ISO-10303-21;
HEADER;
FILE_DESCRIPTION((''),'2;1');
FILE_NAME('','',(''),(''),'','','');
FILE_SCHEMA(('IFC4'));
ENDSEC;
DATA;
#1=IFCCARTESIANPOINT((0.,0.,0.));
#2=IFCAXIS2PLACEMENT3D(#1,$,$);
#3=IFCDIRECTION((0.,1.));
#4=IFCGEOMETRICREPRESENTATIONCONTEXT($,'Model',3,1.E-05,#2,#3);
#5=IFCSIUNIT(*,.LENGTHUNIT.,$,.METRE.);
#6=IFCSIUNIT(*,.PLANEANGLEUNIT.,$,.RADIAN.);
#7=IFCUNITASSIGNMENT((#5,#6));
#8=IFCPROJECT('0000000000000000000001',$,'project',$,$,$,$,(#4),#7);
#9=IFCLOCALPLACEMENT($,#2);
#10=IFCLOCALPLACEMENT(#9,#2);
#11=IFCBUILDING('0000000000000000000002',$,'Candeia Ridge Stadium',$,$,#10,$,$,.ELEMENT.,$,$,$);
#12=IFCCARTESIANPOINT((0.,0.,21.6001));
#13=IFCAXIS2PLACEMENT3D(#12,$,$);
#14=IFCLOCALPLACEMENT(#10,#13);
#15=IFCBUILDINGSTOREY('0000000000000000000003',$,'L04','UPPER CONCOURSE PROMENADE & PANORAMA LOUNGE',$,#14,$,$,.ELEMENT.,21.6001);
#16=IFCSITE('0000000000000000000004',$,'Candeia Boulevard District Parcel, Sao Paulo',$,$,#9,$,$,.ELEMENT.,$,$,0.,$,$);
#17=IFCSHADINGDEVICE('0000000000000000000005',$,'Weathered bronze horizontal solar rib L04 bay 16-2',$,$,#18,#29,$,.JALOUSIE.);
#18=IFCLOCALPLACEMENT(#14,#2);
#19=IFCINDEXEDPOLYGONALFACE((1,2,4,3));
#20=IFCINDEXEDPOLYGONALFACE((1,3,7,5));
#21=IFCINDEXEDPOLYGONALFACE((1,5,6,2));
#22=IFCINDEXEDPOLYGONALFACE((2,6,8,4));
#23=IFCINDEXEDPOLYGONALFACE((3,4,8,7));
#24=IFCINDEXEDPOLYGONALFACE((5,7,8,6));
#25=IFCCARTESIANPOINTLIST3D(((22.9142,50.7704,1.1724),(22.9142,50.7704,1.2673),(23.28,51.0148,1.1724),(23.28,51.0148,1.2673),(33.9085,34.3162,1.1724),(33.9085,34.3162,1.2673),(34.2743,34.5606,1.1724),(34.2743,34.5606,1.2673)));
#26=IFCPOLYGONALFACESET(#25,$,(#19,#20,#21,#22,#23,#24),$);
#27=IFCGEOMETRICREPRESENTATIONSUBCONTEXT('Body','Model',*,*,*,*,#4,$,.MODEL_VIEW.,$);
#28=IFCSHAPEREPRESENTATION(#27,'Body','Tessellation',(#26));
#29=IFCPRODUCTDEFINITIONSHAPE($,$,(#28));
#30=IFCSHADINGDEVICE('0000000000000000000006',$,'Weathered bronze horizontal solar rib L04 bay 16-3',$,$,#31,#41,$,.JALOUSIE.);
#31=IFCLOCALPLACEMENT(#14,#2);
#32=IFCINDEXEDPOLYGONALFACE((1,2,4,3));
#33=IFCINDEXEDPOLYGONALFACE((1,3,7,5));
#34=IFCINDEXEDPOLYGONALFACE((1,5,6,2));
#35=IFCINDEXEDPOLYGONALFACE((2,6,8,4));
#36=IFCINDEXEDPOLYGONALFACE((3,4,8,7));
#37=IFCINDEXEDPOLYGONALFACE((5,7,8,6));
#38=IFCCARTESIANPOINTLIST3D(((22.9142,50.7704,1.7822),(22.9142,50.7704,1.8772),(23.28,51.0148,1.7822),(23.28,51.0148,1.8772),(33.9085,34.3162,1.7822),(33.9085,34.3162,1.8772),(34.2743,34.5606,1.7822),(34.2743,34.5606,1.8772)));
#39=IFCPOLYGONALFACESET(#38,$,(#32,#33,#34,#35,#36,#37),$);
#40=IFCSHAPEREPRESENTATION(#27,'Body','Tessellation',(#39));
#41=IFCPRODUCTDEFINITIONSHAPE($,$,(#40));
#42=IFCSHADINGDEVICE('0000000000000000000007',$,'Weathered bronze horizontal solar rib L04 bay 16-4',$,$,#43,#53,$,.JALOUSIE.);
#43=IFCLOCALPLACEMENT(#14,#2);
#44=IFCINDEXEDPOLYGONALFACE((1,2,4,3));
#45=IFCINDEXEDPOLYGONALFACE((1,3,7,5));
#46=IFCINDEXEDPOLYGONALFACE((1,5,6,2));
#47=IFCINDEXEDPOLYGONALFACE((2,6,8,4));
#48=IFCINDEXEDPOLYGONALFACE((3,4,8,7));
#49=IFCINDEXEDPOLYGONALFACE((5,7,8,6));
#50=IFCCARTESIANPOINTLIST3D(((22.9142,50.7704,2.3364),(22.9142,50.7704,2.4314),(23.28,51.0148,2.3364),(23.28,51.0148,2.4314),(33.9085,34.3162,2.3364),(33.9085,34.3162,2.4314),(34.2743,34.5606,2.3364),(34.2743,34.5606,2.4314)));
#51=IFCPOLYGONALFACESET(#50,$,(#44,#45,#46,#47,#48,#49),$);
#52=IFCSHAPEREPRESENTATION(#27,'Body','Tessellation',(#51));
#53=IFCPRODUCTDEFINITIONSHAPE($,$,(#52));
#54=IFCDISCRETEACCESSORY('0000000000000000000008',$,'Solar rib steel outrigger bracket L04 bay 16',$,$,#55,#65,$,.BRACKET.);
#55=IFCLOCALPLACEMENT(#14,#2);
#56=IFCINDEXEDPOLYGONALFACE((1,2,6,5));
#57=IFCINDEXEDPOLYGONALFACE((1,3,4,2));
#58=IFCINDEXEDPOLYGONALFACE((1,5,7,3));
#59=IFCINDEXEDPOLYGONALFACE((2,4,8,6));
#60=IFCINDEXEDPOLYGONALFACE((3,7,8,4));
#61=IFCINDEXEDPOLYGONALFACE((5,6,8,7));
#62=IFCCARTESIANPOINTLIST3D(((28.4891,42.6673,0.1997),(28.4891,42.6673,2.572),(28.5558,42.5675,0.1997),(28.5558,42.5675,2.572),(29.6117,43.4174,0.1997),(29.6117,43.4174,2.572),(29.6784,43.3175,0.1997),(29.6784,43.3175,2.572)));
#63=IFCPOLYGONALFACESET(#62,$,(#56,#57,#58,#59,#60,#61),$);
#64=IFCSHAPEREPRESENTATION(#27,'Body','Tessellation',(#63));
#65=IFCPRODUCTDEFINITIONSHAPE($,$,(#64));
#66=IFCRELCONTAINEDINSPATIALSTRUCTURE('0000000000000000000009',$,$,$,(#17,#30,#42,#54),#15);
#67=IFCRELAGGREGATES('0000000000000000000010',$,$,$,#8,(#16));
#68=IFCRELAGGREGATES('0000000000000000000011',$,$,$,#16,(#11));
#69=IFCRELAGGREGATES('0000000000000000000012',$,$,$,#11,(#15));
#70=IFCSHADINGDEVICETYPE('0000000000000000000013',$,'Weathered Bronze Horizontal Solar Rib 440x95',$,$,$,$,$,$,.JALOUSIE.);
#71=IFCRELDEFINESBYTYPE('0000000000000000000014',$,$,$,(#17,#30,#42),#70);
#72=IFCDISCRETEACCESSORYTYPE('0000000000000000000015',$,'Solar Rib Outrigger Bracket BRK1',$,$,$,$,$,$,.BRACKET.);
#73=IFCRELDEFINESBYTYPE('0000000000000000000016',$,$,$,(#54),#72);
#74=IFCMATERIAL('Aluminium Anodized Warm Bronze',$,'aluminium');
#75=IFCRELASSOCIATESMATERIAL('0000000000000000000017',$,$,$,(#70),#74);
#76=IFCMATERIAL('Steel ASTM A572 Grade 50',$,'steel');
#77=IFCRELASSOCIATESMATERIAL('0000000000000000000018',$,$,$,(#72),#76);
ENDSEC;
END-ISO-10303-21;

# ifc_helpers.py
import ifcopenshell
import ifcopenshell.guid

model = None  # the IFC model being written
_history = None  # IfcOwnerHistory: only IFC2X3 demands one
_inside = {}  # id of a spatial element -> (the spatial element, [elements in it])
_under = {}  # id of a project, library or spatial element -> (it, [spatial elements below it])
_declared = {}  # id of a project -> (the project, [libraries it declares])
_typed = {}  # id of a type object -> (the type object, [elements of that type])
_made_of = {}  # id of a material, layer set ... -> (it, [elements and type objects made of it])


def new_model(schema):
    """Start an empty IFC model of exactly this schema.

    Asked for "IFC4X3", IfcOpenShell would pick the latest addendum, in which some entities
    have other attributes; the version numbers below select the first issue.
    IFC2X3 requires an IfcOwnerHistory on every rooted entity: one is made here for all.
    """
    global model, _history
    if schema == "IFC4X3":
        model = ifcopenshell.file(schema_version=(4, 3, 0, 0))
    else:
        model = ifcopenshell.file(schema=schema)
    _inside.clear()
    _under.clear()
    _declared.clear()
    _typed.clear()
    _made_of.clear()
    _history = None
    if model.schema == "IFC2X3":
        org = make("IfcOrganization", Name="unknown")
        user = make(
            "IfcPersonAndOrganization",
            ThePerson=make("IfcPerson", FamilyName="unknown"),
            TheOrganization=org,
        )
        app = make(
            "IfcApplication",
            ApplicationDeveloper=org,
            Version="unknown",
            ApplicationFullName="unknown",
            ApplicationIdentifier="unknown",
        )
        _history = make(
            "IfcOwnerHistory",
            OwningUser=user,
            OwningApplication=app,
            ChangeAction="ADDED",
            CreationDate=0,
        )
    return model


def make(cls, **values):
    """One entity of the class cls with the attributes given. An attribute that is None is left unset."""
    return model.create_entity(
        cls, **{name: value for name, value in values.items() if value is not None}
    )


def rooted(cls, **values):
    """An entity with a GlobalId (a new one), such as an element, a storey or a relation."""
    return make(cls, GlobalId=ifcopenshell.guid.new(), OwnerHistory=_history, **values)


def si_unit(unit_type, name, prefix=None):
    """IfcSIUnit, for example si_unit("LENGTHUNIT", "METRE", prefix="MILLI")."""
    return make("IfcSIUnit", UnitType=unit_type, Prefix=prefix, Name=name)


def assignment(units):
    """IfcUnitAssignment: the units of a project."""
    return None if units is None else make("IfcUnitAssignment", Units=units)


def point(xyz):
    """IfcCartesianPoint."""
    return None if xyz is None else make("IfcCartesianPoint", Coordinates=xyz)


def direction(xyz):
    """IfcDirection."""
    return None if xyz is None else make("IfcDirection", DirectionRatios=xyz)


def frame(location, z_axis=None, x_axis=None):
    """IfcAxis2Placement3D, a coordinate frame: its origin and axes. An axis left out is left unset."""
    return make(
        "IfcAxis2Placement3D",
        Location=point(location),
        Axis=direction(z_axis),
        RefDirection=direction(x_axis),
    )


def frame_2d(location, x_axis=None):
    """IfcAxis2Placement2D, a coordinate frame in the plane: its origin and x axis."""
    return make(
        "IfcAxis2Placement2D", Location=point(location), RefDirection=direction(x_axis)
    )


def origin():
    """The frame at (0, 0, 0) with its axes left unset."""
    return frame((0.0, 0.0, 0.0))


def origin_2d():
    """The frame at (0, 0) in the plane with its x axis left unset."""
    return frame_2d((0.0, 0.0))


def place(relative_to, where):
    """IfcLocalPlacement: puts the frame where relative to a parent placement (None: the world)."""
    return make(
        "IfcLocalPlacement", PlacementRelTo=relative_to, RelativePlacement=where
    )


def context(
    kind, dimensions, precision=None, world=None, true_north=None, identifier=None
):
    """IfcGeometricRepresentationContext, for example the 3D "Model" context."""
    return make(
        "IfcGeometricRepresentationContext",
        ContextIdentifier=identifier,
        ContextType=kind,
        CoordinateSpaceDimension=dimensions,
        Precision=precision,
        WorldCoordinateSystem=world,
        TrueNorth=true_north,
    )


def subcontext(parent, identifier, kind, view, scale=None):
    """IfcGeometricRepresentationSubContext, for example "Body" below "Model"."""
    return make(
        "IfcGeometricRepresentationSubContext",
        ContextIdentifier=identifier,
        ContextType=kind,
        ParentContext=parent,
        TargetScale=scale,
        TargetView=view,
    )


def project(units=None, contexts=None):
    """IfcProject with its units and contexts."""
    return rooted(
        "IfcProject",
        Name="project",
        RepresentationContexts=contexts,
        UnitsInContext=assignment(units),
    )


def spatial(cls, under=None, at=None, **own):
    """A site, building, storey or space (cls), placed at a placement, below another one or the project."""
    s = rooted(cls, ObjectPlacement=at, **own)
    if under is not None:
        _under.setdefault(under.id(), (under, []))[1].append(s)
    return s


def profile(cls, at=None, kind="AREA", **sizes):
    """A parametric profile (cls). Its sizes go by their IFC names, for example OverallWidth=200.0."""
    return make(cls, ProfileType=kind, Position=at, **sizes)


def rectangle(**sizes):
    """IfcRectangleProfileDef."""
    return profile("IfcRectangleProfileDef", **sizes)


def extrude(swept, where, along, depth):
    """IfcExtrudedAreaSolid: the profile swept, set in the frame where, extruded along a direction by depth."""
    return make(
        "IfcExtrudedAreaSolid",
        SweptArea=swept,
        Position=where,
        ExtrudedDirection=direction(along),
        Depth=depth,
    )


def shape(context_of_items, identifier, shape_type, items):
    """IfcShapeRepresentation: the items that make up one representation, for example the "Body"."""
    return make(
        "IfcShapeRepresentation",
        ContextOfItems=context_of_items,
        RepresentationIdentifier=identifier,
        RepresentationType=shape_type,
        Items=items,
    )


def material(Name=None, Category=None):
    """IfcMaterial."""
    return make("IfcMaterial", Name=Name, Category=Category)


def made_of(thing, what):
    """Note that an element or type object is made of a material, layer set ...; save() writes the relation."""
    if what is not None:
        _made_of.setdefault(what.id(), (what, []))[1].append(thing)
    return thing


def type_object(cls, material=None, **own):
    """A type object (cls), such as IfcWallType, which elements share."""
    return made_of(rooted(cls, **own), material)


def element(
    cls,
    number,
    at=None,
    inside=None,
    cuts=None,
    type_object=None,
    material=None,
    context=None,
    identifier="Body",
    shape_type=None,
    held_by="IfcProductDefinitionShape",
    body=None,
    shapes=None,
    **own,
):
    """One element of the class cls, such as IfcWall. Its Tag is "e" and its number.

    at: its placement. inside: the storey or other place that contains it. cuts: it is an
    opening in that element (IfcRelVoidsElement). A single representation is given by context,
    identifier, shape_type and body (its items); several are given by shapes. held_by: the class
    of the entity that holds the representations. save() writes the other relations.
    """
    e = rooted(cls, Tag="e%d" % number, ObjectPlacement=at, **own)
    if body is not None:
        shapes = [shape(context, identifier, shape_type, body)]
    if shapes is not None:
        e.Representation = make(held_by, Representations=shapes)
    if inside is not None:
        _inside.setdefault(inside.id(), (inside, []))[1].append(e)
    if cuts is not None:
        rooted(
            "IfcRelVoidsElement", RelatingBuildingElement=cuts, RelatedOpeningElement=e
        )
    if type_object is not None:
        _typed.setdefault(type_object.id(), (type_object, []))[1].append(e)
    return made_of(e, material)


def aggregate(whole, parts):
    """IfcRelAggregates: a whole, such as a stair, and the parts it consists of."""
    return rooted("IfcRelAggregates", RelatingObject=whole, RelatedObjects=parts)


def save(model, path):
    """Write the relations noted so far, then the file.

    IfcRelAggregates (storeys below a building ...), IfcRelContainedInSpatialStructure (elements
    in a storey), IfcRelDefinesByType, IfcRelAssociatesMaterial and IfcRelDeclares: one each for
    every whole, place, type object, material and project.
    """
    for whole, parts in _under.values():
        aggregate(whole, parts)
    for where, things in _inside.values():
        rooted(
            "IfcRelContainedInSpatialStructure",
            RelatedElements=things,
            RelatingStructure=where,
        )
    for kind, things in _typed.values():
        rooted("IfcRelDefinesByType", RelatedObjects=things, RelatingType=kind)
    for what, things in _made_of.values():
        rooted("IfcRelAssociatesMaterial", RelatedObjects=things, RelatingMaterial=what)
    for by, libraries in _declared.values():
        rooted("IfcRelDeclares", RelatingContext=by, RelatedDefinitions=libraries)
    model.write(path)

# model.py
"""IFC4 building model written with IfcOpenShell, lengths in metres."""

from ifc_helpers import new_model, si_unit, direction, frame, origin, origin_2d, place, context, subcontext, project, spatial, rectangle, extrude, material, type_object, element, save


model = new_model("IFC4")

# Units and contexts
model_context = context("Model", 3, precision=1e-05, world=origin(), true_north=direction((0.0, 1.0)))
body_context = subcontext(model_context, "Body", "Model", "MODEL_VIEW")
ifc_project = project(units=[si_unit("LENGTHUNIT", "METRE"), si_unit("PLANEANGLEUNIT", "RADIAN")], contexts=[model_context])

# Site, building, storey
site_placement = place(None, origin())
site = spatial("IfcSite", under=ifc_project, at=site_placement, Name="Candeia Boulevard District Parcel, Sao Paulo", CompositionType="ELEMENT", RefElevation=0.0)
building_placement = place(site_placement, origin())
building = spatial("IfcBuilding", under=site, at=building_placement, Name="Candeia Ridge Stadium", CompositionType="ELEMENT")
storey_placement = place(building_placement, frame((0.0, 0.0, 21.6001)))
storey = spatial("IfcBuildingStorey", under=building, at=storey_placement, Name="L04", Description="UPPER CONCOURSE PROMENADE & PANORAMA LOUNGE", CompositionType="ELEMENT", Elevation=21.6001)

# Shared definitions
ifc_material_1 = material(Name="Aluminium Anodized Warm Bronze", Category="aluminium")

# Shared definitions
ifc_material_2 = material(Name="Steel ASTM A572 Grade 50", Category="steel")

# Shading devices
shading_device_type = type_object("IfcShadingDeviceType", Name="Weathered Bronze Horizontal Solar Rib 440x95", PredefinedType="JALOUSIE", material=ifc_material_1)
for number, where, z_axis, x_axis, name in (
    (1, (28.5942, 42.6655, 1.1724), (0.0, 0.0, 1.0), (0.55557, -0.83147, 0.0), "Weathered bronze horizontal solar rib L04 bay 16-2"),
    (2, (28.5942, 42.6655, 1.7822), (0.0, 0.0, 1.0), (0.55557, -0.83147, 0.0), "Weathered bronze horizontal solar rib L04 bay 16-3"),
    (3, (28.5942, 42.6655, 2.3364), (0.0, 0.0, 1.0), (0.55557, -0.83147, 0.0), "Weathered bronze horizontal solar rib L04 bay 16-4"),
):
    element("IfcShadingDevice", number, at=place(storey_placement, frame(where, z_axis=z_axis, x_axis=x_axis)), inside=storey, type_object=shading_device_type, Name=name, PredefinedType="JALOUSIE", context=body_context, shape_type="SweptSolid", body=[
        extrude(rectangle(XDim=19.7893, YDim=0.4399, at=origin_2d()), origin(), (0.0, 0.0, 1.0), 0.095),
    ])

# Discrete accessory
discrete_accessory_type = type_object("IfcDiscreteAccessoryType", Name="Solar Rib Outrigger Bracket BRK1", PredefinedType="BRACKET", material=ifc_material_2)
discrete_accessory_placement = place(storey_placement, frame((29.0837, 42.9924, 0.1997), z_axis=(0.0, 0.0, 1.0), x_axis=(-0.83147, -0.55557, 0.0)))
element("IfcDiscreteAccessory", 4, at=discrete_accessory_placement, inside=storey, type_object=discrete_accessory_type, Name="Solar rib steel outrigger bracket L04 bay 16", PredefinedType="BRACKET", context=body_context, shape_type="SweptSolid", body=[
    extrude(rectangle(XDim=1.3501, YDim=0.1201, at=origin_2d()), origin(), (0.0, 0.0, 1.0), 2.3723),
])

save(model, "model.ifc")
